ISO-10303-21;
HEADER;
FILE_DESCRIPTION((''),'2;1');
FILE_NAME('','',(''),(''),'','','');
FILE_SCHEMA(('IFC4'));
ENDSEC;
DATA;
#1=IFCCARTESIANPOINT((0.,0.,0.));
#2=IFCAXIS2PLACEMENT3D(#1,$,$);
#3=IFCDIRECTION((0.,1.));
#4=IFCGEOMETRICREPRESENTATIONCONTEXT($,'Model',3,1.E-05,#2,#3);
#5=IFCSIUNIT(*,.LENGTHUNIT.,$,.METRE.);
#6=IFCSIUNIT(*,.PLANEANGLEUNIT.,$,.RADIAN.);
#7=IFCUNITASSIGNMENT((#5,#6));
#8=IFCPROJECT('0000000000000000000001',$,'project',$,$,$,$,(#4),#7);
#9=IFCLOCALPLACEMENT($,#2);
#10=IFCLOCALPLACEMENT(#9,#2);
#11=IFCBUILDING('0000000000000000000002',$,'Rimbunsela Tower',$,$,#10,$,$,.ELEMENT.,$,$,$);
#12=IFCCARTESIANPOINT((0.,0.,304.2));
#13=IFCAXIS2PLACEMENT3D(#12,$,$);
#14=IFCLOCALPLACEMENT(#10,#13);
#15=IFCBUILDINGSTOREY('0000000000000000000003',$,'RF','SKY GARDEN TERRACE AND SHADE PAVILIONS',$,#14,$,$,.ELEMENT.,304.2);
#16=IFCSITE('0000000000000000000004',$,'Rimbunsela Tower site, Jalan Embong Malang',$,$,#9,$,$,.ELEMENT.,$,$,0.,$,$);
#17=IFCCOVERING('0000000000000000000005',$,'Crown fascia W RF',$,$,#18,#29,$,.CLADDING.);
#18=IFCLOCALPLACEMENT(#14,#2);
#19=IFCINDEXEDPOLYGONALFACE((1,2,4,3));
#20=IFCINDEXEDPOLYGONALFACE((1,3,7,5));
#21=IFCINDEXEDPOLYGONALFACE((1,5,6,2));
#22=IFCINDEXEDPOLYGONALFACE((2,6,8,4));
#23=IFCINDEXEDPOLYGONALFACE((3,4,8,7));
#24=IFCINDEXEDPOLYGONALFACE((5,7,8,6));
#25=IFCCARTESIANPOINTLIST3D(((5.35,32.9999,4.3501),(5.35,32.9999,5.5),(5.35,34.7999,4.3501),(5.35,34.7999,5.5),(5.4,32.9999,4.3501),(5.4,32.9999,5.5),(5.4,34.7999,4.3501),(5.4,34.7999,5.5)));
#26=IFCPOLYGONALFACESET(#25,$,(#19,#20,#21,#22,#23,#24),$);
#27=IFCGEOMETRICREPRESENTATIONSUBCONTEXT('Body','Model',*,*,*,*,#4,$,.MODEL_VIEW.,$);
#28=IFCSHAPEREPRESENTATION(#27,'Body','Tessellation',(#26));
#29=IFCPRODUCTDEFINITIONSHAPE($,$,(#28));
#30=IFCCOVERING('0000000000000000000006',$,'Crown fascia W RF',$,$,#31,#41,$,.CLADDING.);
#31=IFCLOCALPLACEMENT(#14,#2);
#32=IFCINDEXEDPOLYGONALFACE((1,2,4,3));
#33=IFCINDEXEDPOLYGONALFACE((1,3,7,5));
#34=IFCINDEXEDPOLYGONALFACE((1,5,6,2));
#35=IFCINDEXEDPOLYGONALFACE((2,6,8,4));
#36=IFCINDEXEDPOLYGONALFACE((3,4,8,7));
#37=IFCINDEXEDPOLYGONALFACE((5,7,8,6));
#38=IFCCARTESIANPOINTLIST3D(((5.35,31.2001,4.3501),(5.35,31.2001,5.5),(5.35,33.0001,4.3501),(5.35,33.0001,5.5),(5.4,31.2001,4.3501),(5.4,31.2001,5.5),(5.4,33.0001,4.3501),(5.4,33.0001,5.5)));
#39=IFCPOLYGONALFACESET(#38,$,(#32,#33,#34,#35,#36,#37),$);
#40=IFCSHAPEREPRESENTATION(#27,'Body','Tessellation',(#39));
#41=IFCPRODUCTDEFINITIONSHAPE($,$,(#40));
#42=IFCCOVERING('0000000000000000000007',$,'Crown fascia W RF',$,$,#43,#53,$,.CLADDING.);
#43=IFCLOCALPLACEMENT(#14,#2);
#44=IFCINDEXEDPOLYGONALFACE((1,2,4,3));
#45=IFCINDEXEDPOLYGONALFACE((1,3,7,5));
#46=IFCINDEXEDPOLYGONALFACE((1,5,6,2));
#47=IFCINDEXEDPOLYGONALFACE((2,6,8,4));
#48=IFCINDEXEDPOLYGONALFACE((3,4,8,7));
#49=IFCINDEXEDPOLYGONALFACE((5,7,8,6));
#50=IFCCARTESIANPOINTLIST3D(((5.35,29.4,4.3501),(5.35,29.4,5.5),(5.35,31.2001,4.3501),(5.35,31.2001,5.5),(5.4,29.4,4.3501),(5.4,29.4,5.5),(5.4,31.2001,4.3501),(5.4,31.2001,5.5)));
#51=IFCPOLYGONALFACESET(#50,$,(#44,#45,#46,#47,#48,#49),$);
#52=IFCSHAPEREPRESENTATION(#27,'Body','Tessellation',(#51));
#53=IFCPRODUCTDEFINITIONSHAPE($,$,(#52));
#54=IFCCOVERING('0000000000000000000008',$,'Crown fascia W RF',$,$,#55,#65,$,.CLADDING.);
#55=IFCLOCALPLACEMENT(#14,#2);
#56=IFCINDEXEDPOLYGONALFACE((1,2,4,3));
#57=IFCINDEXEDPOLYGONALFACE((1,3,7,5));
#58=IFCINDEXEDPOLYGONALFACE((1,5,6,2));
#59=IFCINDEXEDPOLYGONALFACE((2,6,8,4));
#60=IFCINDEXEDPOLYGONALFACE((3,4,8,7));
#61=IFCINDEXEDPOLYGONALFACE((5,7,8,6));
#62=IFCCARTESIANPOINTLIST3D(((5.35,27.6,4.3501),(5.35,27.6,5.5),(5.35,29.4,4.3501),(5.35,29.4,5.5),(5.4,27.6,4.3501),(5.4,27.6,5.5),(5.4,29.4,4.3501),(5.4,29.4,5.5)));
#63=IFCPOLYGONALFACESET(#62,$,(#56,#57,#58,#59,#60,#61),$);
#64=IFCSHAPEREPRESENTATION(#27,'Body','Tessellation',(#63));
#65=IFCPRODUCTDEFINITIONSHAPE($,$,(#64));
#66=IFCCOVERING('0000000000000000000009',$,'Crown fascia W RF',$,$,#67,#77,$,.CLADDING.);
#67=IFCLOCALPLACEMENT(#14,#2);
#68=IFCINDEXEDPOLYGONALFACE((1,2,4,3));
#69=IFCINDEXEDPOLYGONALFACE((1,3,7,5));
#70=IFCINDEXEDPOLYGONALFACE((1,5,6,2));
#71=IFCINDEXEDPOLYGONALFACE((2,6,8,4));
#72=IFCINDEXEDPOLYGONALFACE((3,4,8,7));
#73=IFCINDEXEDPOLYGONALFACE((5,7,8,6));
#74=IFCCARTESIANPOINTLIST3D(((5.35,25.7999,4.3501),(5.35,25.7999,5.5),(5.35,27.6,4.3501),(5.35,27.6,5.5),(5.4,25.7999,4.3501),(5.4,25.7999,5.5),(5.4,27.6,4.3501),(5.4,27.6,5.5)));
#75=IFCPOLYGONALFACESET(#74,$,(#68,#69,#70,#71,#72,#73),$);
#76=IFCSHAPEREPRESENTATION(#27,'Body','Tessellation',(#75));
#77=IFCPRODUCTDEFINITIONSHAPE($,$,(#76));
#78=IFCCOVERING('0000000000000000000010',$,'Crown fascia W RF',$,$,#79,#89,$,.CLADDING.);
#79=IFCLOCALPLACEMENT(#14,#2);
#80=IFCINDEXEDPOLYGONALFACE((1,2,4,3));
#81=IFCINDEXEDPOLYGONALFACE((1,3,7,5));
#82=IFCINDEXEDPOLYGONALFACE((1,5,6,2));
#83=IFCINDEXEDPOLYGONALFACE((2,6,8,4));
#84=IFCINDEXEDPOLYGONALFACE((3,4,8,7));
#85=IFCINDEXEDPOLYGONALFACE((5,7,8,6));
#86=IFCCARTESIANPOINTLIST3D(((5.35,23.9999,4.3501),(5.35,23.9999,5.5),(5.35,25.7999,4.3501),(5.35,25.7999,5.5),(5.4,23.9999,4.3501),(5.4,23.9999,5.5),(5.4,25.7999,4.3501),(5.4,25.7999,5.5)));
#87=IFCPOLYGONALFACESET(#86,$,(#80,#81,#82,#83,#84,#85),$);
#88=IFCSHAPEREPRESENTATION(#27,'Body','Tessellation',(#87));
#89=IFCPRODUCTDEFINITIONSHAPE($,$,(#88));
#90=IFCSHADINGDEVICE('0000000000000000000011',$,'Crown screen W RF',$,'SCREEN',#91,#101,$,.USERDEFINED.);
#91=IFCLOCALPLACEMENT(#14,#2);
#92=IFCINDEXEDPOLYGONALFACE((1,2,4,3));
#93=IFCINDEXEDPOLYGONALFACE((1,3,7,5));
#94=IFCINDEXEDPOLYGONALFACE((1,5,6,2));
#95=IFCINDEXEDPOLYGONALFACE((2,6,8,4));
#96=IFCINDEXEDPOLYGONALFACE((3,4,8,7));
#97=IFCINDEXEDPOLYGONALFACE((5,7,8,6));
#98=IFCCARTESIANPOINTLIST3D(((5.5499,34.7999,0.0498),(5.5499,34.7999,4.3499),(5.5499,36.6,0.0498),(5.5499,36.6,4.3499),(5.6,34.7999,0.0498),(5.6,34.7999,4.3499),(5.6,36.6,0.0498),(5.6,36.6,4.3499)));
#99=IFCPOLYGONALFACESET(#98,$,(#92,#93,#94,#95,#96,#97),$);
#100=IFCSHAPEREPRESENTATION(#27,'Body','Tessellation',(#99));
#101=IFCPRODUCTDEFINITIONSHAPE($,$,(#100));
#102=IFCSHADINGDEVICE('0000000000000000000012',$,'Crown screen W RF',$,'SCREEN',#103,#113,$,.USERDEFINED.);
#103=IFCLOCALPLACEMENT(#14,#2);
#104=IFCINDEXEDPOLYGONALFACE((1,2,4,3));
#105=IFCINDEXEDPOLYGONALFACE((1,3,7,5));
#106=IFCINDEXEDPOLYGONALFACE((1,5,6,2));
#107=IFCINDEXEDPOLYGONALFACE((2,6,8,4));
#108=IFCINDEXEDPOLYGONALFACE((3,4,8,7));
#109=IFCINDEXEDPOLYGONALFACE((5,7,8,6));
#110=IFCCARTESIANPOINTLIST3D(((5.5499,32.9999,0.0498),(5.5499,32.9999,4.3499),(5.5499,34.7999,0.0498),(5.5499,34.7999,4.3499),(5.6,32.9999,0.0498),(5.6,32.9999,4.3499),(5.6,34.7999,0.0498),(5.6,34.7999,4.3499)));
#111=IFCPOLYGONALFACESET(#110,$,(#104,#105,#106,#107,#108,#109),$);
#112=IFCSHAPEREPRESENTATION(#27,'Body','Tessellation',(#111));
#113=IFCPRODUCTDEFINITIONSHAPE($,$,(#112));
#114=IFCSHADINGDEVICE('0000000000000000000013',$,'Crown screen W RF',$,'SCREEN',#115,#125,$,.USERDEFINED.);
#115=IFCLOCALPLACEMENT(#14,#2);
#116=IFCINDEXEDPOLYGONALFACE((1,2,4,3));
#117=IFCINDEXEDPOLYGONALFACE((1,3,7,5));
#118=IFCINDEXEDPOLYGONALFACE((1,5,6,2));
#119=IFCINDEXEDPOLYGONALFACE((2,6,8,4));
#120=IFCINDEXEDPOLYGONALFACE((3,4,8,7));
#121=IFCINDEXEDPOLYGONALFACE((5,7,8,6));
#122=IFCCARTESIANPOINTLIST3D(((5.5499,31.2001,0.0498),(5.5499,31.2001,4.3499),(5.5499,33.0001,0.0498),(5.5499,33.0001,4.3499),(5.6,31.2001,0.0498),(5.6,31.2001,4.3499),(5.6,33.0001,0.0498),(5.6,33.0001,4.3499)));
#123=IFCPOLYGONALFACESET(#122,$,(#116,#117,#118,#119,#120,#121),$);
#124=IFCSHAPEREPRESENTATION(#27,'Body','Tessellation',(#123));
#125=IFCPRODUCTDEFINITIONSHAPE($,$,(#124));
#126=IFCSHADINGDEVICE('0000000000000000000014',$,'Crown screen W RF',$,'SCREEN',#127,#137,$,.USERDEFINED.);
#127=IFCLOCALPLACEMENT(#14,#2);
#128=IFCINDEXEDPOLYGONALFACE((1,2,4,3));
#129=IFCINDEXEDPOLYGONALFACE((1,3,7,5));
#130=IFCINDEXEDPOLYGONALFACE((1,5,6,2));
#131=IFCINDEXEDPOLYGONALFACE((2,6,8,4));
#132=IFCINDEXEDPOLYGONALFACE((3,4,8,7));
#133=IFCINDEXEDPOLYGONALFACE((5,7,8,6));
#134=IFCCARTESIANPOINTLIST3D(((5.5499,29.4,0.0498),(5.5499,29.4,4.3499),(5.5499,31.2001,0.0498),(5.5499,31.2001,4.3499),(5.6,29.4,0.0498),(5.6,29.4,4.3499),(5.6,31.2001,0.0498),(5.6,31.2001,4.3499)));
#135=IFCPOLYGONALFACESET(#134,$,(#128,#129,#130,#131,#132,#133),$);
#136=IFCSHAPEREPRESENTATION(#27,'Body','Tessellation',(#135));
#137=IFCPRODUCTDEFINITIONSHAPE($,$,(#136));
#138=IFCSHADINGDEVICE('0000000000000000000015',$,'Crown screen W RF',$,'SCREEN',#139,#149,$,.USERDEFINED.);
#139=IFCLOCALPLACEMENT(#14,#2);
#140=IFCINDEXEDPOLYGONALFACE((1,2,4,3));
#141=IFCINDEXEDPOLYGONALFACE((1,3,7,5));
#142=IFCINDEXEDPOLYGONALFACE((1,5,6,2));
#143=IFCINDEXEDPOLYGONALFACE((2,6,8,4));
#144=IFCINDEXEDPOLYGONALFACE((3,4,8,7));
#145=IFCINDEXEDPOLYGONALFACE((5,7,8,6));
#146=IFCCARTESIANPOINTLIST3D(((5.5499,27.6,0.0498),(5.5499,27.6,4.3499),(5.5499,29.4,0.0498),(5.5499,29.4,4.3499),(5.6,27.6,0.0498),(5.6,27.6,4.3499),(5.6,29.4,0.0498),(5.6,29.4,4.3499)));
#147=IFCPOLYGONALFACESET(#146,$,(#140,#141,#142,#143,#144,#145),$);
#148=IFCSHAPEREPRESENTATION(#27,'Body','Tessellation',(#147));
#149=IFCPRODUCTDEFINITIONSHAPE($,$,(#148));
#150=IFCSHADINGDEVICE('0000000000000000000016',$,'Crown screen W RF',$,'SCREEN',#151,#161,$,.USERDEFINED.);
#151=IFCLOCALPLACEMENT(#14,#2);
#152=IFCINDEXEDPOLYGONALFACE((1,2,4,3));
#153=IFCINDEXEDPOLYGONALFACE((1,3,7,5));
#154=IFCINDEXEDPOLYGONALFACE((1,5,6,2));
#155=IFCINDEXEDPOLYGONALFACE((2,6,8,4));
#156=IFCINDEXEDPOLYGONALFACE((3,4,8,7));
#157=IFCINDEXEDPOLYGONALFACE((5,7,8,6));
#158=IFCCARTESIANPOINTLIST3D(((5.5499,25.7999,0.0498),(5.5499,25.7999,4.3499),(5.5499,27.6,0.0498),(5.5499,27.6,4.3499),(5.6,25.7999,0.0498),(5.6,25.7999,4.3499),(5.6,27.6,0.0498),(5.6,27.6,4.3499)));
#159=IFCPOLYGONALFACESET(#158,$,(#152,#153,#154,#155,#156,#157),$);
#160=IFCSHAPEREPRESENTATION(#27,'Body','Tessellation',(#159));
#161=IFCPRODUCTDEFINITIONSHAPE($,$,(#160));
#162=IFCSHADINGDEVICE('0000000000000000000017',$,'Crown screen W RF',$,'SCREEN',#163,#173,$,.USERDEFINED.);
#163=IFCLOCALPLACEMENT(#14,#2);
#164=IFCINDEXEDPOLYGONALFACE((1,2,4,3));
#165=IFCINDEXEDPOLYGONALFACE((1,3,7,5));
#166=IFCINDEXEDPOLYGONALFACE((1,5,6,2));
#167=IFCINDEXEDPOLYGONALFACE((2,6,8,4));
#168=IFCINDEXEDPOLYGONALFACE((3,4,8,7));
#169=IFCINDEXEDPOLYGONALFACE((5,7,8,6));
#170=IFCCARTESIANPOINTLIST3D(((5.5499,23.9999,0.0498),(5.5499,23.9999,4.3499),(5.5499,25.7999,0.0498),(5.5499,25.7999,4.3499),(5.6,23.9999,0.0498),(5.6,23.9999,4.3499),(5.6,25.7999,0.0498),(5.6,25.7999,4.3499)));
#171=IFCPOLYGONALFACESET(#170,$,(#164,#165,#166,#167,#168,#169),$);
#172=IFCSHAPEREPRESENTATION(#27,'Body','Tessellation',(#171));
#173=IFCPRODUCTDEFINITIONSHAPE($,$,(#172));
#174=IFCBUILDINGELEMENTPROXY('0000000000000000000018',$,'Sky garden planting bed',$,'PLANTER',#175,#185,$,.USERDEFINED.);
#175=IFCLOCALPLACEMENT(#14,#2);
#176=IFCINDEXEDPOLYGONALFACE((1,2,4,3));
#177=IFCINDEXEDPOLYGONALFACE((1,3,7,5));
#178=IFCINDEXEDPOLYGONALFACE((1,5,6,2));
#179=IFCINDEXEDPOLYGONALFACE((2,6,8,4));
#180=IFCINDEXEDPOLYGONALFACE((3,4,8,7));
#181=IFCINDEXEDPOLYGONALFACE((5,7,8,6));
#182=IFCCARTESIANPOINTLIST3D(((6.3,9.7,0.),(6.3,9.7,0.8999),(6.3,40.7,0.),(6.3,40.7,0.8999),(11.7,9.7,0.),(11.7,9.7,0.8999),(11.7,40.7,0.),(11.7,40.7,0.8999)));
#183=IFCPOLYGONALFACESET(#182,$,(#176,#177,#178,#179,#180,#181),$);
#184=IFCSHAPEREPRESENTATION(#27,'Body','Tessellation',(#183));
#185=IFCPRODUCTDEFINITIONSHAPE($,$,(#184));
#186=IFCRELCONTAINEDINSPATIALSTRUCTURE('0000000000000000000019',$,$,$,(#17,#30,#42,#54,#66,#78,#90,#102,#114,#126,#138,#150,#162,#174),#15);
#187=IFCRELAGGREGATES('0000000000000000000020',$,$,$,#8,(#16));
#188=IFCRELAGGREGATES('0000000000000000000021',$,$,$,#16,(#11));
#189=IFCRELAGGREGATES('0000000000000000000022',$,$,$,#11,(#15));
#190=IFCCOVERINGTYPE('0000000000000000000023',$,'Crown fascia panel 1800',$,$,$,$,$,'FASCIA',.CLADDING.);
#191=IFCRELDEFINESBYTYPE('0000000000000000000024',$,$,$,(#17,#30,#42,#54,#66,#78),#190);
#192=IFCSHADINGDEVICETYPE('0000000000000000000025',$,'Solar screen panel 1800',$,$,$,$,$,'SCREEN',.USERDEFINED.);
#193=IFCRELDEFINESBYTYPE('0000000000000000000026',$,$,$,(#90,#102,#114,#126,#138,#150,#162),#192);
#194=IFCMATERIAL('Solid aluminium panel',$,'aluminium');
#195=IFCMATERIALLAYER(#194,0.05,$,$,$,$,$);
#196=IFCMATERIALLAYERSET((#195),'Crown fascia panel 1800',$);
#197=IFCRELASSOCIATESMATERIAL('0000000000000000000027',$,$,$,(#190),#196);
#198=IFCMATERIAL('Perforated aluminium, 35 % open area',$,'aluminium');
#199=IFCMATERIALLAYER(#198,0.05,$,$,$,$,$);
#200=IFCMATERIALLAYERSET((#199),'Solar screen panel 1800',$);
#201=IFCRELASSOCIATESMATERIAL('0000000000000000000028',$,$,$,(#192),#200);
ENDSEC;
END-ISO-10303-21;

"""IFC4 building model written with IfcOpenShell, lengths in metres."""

from ifc_helpers import new_model, si_unit, direction, frame, origin, origin_2d, place, context, subcontext, project, spatial, rectangle, extrude, material, layer, layer_set, type_object, element, save


model = new_model("IFC4")

# Units and contexts
model_context = context("Model", 3, precision=1e-05, world=origin(), true_north=direction((0.0, 1.0)))
body_context = subcontext(model_context, "Body", "Model", "MODEL_VIEW")
ifc_project = project(units=[si_unit("LENGTHUNIT", "METRE"), si_unit("PLANEANGLEUNIT", "RADIAN")], contexts=[model_context])

# Site, building, storey
site_placement = place(None, origin())
site = spatial("IfcSite", under=ifc_project, at=site_placement, Name="Rimbunsela Tower site, Jalan Embong Malang", CompositionType="ELEMENT", RefElevation=0.0)
building_placement = place(site_placement, origin())
building = spatial("IfcBuilding", under=site, at=building_placement, Name="Rimbunsela Tower", CompositionType="ELEMENT")
storey_placement = place(building_placement, frame((0.0, 0.0, 304.2)))
storey = spatial("IfcBuildingStorey", under=building, at=storey_placement, Name="RF", Description="SKY GARDEN TERRACE AND SHADE PAVILIONS", CompositionType="ELEMENT", Elevation=304.2)

# Coverings
ifc_material_1 = material(Name="Solid aluminium panel", Category="aluminium")
ifc_layer_1 = layer(ifc_material_1, 0.05)
ifc_layer_set_1 = layer_set([ifc_layer_1], Name="Crown fascia panel 1800")
covering_type = type_object("IfcCoveringType", Name="Crown fascia panel 1800", ElementType="FASCIA", PredefinedType="CLADDING", material=ifc_layer_set_1)
for number, where, z_axis, x_axis, name in (
    (1, (5.375, 33.8999, 4.3501), (0.0, 0.0, 1.0), (0.0, 1.0, 0.0), "Crown fascia W RF"),
    (2, (5.375, 32.1001, 4.3501), (0.0, 0.0, 1.0), (0.0, 1.0, 0.0), "Crown fascia W RF"),
    (3, (5.375, 30.3, 4.3501), (0.0, 0.0, 1.0), (0.0, 1.0, 0.0), "Crown fascia W RF"),
    (4, (5.375, 28.5, 4.3501), (0.0, 0.0, 1.0), (0.0, 1.0, 0.0), "Crown fascia W RF"),
    (5, (5.375, 26.7, 4.3501), (0.0, 0.0, 1.0), (0.0, 1.0, 0.0), "Crown fascia W RF"),
    (6, (5.375, 24.8999, 4.3501), (0.0, 0.0, 1.0), (0.0, 1.0, 0.0), "Crown fascia W RF"),
):
    element("IfcCovering", number, at=place(storey_placement, frame(where, z_axis=z_axis, x_axis=x_axis)), inside=storey, type_object=covering_type, Name=name, PredefinedType="CLADDING", context=body_context, shape_type="SweptSolid", body=[
        extrude(rectangle(XDim=1.8, YDim=0.05, at=origin_2d()), origin(), (0.0, 0.0, 1.0), 1.1499),
    ])

# Shading devices
ifc_material_2 = material(Name="Perforated aluminium, 35 % open area", Category="aluminium")
ifc_layer_2 = layer(ifc_material_2, 0.05)
ifc_layer_set_2 = layer_set([ifc_layer_2], Name="Solar screen panel 1800")
shading_device_type = type_object("IfcShadingDeviceType", Name="Solar screen panel 1800", ElementType="SCREEN", PredefinedType="USERDEFINED", material=ifc_layer_set_2)
for number, where, z_axis, x_axis, name in (
    (7, (5.575, 35.7, 0.0498), (0.0, 0.0, 1.0), (0.0, 1.0, 0.0), "Crown screen W RF"),
    (8, (5.575, 33.8999, 0.0498), (0.0, 0.0, 1.0), (0.0, 1.0, 0.0), "Crown screen W RF"),
    (9, (5.575, 32.1001, 0.0498), (0.0, 0.0, 1.0), (0.0, 1.0, 0.0), "Crown screen W RF"),
    (10, (5.575, 30.3, 0.0498), (0.0, 0.0, 1.0), (0.0, 1.0, 0.0), "Crown screen W RF"),
    (11, (5.575, 28.5, 0.0498), (0.0, 0.0, 1.0), (0.0, 1.0, 0.0), "Crown screen W RF"),
    (12, (5.575, 26.7, 0.0498), (0.0, 0.0, 1.0), (0.0, 1.0, 0.0), "Crown screen W RF"),
    (13, (5.575, 24.8999, 0.0498), (0.0, 0.0, 1.0), (0.0, 1.0, 0.0), "Crown screen W RF"),
):
    element("IfcShadingDevice", number, at=place(storey_placement, frame(where, z_axis=z_axis, x_axis=x_axis)), inside=storey, type_object=shading_device_type, Name=name, ObjectType="SCREEN", PredefinedType="USERDEFINED", context=body_context, shape_type="SweptSolid", body=[
        extrude(rectangle(XDim=1.8, YDim=0.05, at=origin_2d()), origin(), (0.0, 0.0, 1.0), 4.3),
    ])

# Building element proxy
proxy_placement = place(storey_placement, frame((9.0, 25.2, 0.0), z_axis=(0.0, 0.0, 1.0), x_axis=(1.0, 0.0, 0.0)))
element("IfcBuildingElementProxy", 14, at=proxy_placement, inside=storey, Name="Sky garden planting bed", ObjectType="PLANTER", PredefinedType="USERDEFINED", context=body_context, shape_type="SweptSolid", body=[
    extrude(rectangle(XDim=5.3999, YDim=31.0, at=origin_2d()), origin(), (0.0, 0.0, 1.0), 0.8999),
])

save(model, "model.ifc")
